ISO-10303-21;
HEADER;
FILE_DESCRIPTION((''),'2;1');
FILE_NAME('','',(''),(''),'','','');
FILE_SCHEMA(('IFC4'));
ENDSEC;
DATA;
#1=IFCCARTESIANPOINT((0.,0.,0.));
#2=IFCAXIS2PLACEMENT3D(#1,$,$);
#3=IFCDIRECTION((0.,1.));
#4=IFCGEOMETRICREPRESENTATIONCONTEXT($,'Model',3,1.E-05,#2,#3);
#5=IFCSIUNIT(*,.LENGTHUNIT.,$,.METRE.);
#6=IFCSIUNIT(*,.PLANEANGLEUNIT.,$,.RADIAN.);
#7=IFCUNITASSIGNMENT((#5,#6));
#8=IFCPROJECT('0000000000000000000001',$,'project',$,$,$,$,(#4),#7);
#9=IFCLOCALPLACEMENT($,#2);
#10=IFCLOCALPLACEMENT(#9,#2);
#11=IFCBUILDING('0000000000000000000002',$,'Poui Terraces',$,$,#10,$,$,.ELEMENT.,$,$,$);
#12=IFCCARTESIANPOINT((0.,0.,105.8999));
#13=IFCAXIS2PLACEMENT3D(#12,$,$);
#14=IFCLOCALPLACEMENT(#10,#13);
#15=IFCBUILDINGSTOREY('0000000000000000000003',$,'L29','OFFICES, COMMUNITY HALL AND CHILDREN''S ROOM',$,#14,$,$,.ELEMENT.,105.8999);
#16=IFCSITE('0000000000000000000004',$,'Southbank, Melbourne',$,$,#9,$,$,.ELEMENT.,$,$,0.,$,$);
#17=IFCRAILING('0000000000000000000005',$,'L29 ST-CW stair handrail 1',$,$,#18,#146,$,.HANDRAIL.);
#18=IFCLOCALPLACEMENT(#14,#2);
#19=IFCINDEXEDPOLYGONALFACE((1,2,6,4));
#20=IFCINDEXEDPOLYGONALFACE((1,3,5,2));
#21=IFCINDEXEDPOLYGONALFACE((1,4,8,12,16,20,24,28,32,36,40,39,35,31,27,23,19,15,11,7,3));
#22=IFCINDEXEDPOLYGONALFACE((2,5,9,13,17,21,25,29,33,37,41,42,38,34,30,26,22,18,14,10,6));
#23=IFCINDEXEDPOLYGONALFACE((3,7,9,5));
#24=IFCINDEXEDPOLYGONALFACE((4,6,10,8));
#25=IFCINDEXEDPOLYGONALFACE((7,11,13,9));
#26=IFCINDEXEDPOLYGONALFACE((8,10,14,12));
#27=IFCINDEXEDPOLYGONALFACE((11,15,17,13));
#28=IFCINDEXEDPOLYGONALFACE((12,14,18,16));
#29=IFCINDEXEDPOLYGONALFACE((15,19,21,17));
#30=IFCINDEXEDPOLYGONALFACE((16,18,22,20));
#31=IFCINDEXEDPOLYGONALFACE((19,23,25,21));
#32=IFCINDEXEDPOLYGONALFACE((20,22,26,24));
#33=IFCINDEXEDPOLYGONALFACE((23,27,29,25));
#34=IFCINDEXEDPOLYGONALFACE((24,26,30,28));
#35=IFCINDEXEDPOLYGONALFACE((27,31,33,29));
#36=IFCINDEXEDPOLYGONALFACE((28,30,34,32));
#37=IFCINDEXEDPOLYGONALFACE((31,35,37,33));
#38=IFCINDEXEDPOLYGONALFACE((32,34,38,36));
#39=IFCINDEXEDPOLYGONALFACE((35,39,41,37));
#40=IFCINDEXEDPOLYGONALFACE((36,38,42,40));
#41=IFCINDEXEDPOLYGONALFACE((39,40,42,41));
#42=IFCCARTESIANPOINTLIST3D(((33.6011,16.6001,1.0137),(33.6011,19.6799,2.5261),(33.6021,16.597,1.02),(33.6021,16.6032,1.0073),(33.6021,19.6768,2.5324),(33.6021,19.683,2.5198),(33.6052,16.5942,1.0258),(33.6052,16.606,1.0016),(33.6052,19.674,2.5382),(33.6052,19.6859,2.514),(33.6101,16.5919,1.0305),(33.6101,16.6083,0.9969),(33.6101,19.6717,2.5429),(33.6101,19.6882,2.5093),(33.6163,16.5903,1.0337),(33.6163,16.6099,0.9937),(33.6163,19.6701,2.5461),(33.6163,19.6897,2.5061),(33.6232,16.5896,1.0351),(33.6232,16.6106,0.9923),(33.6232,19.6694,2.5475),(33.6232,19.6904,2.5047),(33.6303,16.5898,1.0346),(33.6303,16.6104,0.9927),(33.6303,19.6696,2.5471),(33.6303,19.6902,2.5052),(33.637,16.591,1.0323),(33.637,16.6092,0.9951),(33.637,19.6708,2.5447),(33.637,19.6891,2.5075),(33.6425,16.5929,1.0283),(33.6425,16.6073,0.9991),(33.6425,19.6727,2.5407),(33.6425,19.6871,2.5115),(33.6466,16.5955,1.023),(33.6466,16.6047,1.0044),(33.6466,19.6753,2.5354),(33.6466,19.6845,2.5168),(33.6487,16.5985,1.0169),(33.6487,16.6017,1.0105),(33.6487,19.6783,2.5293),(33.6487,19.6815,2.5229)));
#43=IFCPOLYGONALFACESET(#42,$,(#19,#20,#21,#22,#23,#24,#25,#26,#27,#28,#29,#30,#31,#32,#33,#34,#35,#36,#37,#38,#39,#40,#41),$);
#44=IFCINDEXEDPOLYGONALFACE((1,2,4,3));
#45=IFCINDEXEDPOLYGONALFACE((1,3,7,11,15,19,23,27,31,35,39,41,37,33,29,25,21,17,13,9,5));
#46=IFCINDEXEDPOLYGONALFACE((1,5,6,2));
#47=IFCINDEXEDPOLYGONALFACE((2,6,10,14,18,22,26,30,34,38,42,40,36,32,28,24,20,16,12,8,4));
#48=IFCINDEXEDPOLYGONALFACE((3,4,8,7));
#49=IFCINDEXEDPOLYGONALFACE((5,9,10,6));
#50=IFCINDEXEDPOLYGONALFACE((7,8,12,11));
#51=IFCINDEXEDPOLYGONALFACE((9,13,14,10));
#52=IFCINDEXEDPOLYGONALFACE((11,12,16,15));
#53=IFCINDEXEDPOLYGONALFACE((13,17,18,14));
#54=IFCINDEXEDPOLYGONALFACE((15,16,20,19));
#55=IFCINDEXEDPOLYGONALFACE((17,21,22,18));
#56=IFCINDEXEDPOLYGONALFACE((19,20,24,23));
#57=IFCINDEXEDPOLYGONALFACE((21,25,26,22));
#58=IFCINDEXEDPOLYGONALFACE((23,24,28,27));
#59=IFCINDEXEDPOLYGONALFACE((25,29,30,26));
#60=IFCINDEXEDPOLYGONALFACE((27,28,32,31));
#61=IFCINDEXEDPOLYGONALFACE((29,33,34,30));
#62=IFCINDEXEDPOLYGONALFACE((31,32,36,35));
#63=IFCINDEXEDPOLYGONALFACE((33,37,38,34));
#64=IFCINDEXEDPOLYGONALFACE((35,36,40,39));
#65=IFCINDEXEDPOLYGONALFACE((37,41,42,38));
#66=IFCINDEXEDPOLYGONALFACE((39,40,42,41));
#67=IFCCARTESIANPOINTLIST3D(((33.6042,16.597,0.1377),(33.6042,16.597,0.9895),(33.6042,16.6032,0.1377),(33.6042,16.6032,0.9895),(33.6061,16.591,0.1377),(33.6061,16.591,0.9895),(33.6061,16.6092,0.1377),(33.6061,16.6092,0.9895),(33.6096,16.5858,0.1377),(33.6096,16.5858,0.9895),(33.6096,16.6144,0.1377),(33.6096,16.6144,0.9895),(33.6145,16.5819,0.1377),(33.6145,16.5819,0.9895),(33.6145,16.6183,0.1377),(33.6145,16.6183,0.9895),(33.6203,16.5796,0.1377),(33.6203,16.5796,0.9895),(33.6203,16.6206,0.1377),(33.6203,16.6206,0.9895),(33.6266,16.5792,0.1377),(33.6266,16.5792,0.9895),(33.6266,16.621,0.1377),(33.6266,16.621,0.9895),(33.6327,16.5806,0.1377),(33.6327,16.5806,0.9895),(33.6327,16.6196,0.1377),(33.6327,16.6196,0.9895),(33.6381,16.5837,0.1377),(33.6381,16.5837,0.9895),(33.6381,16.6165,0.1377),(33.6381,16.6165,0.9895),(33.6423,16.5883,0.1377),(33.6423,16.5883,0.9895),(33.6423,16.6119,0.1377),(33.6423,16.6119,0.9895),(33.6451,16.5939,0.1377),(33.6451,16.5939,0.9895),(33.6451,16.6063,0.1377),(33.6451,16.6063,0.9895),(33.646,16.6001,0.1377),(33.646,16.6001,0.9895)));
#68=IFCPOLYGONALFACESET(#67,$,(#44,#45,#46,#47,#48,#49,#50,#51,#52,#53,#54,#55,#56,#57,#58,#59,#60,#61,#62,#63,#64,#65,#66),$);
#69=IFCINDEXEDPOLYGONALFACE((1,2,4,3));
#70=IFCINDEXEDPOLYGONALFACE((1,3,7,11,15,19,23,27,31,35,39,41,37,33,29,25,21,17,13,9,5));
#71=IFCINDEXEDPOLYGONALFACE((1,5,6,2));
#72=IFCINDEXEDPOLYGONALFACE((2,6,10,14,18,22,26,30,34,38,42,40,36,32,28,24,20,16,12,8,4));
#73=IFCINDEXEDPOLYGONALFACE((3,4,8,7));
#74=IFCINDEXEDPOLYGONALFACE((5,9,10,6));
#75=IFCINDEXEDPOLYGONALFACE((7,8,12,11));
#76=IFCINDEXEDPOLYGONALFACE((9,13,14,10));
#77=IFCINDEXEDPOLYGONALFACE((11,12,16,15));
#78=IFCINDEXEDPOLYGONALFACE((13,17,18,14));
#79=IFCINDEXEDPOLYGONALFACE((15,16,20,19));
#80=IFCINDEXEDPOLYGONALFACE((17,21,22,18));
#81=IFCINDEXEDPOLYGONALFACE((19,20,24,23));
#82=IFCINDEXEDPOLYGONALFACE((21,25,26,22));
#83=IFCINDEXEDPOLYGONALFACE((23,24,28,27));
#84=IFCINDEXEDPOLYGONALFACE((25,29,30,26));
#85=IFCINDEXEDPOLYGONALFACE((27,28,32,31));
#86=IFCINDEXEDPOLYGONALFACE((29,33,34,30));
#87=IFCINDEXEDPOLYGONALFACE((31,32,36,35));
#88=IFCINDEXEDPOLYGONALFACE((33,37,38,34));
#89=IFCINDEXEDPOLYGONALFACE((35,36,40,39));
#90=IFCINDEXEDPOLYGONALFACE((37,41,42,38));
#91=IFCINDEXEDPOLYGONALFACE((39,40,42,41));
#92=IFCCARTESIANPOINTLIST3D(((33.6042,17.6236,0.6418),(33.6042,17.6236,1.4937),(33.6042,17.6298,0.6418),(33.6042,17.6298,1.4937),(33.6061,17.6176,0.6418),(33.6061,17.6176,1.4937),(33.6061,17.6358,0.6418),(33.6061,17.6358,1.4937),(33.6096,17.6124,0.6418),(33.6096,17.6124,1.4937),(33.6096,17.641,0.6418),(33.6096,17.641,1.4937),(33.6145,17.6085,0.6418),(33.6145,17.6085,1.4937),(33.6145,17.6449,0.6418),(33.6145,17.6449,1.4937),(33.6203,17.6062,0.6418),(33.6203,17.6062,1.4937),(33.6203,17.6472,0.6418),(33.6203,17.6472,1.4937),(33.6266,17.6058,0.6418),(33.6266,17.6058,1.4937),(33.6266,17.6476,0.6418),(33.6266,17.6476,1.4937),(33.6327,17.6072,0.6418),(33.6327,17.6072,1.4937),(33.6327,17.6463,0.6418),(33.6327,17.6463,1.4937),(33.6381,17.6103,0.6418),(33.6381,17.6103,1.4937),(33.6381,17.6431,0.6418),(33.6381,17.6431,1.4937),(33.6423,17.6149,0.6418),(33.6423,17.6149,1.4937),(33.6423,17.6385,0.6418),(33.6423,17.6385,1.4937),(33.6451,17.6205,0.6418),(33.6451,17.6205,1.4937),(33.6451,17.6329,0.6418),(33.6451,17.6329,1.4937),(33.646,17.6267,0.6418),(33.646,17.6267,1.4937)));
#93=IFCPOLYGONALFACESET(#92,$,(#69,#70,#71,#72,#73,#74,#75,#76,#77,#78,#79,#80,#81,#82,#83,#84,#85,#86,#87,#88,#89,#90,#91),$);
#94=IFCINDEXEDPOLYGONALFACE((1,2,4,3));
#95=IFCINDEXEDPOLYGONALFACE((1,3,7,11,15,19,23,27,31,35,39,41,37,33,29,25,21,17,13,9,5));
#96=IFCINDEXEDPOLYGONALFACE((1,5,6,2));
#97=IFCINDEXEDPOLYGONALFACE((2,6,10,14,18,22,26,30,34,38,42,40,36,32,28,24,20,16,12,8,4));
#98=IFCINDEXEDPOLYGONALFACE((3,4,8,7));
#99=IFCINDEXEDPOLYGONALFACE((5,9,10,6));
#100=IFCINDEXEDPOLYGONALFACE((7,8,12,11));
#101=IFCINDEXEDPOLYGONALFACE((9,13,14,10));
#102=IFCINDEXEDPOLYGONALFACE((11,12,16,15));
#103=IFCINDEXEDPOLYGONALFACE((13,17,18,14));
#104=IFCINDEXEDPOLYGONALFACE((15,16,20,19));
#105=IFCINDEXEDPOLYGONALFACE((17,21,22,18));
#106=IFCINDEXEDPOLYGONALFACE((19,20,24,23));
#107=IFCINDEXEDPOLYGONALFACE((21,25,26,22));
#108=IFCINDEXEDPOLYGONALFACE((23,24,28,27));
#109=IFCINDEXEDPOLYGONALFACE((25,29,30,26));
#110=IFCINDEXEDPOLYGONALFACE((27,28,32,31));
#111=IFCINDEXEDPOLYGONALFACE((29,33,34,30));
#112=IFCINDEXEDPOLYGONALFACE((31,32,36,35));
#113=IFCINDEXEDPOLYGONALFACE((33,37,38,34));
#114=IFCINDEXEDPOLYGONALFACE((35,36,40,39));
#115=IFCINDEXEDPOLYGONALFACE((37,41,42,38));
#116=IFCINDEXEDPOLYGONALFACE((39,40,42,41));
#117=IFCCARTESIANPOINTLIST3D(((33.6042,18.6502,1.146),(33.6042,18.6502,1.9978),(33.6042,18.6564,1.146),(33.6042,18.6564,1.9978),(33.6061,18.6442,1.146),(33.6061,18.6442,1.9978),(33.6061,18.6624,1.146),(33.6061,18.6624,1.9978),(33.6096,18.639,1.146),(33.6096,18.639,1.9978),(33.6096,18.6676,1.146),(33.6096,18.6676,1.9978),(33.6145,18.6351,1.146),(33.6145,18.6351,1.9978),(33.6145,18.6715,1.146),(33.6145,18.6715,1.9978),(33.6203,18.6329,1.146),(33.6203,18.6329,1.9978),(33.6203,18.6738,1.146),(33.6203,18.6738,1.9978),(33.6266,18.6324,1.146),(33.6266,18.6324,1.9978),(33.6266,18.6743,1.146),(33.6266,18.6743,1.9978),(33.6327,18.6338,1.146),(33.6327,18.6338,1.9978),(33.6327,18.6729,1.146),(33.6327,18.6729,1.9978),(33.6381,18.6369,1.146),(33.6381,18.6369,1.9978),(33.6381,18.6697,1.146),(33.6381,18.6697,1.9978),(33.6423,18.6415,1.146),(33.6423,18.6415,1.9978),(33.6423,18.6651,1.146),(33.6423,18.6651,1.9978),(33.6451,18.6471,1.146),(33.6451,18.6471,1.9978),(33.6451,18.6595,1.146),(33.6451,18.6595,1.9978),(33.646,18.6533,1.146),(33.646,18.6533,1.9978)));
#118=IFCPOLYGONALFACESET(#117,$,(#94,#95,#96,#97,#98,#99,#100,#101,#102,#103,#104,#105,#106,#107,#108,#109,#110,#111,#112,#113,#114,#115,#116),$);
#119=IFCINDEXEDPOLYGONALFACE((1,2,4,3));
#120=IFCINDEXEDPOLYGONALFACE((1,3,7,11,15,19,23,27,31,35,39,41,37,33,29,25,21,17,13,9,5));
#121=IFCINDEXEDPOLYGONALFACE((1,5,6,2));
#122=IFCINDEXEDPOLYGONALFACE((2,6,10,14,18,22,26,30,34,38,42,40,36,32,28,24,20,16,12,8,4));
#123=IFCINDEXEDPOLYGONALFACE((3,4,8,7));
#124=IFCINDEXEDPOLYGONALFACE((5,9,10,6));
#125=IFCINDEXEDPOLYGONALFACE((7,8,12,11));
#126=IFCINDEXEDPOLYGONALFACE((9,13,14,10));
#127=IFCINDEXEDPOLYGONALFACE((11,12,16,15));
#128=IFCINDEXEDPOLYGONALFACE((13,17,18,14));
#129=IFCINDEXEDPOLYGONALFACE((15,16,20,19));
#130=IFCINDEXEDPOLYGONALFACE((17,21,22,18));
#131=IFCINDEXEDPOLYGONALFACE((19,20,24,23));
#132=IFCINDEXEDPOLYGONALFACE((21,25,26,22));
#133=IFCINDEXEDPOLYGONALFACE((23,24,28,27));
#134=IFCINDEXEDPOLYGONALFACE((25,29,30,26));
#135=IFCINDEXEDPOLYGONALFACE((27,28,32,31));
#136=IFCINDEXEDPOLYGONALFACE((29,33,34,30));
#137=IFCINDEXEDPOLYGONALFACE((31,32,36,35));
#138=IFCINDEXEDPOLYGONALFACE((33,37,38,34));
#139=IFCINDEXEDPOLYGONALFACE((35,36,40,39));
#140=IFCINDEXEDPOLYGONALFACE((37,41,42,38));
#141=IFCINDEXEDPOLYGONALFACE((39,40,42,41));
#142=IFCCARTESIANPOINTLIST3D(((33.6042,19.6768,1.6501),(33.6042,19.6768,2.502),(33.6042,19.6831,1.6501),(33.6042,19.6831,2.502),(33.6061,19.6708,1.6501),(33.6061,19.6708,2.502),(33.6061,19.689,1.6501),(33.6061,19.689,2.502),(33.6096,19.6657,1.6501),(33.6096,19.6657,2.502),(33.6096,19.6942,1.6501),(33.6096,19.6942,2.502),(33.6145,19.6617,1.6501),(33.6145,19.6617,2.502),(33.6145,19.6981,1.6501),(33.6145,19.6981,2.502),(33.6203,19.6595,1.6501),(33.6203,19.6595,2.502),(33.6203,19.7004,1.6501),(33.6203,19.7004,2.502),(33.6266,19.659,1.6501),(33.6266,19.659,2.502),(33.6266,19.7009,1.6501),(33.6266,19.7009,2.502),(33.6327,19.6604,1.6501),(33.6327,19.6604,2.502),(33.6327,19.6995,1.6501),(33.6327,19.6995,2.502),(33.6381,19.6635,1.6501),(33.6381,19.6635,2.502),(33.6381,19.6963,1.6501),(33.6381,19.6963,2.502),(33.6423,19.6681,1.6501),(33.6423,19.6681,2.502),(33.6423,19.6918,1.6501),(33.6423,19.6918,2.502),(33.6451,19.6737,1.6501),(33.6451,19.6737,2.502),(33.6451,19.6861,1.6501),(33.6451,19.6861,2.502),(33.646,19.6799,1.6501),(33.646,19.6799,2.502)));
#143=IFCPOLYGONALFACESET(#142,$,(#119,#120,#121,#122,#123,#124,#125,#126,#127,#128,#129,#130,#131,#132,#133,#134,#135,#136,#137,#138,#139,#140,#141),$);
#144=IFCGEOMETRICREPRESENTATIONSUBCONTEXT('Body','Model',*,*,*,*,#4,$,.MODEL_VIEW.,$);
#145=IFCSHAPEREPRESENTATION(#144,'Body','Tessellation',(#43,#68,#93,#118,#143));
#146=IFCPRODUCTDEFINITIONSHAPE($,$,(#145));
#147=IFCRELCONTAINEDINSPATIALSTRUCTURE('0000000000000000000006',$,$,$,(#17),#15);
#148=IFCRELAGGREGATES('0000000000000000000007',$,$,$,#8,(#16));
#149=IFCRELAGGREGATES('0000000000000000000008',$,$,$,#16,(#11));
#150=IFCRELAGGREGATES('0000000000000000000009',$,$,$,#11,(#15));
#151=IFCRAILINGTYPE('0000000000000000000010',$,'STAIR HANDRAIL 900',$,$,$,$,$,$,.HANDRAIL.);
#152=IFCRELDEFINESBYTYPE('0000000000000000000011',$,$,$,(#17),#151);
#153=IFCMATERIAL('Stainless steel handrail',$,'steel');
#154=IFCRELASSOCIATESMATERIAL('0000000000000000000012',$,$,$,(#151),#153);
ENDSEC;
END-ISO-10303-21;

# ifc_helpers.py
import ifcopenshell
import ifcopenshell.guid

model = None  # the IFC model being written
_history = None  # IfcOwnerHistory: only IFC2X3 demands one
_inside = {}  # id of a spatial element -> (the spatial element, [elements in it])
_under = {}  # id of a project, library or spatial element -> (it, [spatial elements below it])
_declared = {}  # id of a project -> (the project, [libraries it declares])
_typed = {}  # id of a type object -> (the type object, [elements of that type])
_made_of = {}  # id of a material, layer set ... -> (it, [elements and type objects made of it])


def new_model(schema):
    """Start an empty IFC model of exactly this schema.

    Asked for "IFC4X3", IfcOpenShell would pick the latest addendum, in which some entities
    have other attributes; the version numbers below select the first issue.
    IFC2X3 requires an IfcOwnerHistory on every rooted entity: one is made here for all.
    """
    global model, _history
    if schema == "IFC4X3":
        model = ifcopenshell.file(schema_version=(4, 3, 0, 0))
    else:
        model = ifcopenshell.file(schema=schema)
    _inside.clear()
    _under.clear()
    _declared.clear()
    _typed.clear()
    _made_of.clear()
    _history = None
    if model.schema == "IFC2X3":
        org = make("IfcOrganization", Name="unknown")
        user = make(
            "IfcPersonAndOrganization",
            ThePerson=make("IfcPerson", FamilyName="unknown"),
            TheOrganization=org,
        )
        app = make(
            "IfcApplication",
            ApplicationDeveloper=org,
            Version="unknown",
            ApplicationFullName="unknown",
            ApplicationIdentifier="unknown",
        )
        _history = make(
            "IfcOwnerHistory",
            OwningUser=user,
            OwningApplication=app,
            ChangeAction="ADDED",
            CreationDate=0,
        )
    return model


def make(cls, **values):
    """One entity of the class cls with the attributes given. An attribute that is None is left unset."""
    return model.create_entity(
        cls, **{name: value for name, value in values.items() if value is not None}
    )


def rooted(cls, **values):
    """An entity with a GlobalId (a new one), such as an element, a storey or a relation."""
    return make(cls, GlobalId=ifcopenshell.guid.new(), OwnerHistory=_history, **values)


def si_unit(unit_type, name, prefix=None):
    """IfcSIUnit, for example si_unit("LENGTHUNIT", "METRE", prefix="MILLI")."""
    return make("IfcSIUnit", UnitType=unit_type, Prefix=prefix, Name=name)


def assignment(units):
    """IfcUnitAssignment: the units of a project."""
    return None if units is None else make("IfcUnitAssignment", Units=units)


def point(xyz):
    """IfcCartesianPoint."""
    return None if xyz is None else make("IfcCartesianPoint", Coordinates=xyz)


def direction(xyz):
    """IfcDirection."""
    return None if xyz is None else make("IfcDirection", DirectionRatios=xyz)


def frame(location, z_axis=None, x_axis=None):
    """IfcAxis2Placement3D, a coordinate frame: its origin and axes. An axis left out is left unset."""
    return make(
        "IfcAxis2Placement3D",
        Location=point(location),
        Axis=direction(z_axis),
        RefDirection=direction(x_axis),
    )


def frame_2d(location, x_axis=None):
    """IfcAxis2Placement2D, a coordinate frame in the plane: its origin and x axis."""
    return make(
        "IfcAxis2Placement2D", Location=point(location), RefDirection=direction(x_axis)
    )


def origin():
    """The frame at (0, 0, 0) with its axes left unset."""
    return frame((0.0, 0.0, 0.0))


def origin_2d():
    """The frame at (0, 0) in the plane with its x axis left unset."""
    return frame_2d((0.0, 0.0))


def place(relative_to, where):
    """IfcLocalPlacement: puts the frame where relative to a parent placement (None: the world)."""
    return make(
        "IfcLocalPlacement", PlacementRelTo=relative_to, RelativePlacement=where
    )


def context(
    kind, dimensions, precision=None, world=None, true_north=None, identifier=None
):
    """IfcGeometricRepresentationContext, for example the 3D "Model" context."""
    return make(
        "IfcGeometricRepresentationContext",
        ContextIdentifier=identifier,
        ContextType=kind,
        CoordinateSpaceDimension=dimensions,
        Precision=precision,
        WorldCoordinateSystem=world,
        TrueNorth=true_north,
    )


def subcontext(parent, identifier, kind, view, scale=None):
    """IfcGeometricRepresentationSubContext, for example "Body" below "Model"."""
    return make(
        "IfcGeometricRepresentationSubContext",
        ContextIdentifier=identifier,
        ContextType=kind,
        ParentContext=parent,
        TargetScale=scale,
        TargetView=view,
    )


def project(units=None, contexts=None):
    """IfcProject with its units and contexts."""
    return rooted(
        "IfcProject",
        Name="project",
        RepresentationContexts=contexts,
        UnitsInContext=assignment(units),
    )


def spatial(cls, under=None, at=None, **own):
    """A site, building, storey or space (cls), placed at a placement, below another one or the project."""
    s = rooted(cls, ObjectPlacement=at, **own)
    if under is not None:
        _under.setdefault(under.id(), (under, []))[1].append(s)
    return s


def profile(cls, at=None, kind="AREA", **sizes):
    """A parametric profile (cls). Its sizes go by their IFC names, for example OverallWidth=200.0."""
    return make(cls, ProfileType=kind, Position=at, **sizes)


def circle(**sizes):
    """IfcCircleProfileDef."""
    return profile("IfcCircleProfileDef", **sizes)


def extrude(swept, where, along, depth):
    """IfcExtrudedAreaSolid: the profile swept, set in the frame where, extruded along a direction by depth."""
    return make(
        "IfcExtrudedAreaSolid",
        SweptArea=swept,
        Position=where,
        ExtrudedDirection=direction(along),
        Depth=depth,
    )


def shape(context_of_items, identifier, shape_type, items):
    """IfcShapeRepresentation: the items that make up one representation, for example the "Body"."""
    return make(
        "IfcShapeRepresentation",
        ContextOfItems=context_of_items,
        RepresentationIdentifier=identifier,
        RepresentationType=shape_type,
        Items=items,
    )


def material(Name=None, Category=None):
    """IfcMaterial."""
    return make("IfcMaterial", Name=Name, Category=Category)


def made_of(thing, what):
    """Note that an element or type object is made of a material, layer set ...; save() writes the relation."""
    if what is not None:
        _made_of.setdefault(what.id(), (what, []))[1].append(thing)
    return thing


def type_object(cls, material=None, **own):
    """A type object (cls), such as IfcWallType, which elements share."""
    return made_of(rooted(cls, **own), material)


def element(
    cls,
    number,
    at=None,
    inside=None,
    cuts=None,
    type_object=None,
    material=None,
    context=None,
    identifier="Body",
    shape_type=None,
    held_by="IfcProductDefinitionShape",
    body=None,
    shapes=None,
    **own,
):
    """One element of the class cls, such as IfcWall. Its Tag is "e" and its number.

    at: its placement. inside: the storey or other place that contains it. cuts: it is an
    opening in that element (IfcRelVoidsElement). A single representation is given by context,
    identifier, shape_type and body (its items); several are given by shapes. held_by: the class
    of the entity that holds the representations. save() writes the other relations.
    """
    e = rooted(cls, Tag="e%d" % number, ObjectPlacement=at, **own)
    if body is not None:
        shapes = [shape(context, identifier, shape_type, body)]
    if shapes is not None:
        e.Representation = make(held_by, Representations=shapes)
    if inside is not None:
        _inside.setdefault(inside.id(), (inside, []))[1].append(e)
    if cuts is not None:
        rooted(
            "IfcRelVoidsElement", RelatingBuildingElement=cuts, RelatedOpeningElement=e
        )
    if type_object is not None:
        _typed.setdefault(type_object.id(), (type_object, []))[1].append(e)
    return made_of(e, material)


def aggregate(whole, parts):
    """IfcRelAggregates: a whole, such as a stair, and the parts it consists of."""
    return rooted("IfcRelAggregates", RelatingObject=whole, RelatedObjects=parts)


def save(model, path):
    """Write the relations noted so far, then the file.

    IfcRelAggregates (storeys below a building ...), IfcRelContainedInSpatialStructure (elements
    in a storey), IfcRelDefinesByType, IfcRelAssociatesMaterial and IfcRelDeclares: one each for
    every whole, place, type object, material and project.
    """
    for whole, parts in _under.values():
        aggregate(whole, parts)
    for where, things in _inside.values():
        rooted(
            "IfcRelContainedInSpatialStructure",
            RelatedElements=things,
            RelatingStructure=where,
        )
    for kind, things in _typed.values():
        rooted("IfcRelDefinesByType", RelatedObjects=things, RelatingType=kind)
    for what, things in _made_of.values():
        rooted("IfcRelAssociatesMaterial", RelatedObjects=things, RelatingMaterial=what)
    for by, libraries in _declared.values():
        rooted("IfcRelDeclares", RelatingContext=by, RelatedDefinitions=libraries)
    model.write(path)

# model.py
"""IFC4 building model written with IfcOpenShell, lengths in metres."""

from ifc_helpers import new_model, si_unit, direction, frame, origin, origin_2d, place, context, subcontext, project, spatial, circle, extrude, material, type_object, element, save


model = new_model("IFC4")

# Units and contexts
model_context = context("Model", 3, precision=1e-05, world=origin(), true_north=direction((0.0, 1.0)))
body_context = subcontext(model_context, "Body", "Model", "MODEL_VIEW")
ifc_project = project(units=[si_unit("LENGTHUNIT", "METRE"), si_unit("PLANEANGLEUNIT", "RADIAN")], contexts=[model_context])

# Site, building, storey
site_placement = place(None, origin())
site = spatial("IfcSite", under=ifc_project, at=site_placement, Name="Southbank, Melbourne", CompositionType="ELEMENT", RefElevation=0.0)
building_placement = place(site_placement, origin())
building = spatial("IfcBuilding", under=site, at=building_placement, Name="Poui Terraces", CompositionType="ELEMENT")
storey_placement = place(building_placement, frame((0.0, 0.0, 105.8999)))
storey = spatial("IfcBuildingStorey", under=building, at=storey_placement, Name="L29", Description="OFFICES, COMMUNITY HALL AND CHILDREN'S ROOM", CompositionType="ELEMENT", Elevation=105.8999)

# Railing
ifc_material_1 = material(Name="Stainless steel handrail", Category="steel")
railing_type = type_object("IfcRailingType", Name="STAIR HANDRAIL 900", PredefinedType="HANDRAIL", material=ifc_material_1)
railing_placement = place(storey_placement, frame((33.625, 16.6001, 0.1377)))
element("IfcRailing", 1, at=railing_placement, inside=storey, type_object=railing_type, Name="L29 ST-CW stair handrail 1", PredefinedType="HANDRAIL", context=body_context, shape_type="SweptSolid", body=[
    extrude(circle(Radius=0.0239, at=origin_2d()), frame((0.0, 0.0, 0.876), z_axis=(0.0, 0.897606, 0.440798), x_axis=(-1.0, 0.0, 0.0)), (0.0, 0.0, 1.0), 3.4312),
    extrude(circle(Radius=0.021, at=origin_2d()), origin(), (0.0, 0.0, 1.0), 0.8518),
    extrude(circle(Radius=0.021, at=origin_2d()), frame((0.0, 1.0266, 0.5042)), (0.0, 0.0, 1.0), 0.8518),
    extrude(circle(Radius=0.021, at=origin_2d()), frame((0.0, 2.0532, 1.0083)), (0.0, 0.0, 1.0), 0.8518),
    extrude(circle(Radius=0.021, at=origin_2d()), frame((0.0, 3.0798, 1.5125)), (0.0, 0.0, 1.0), 0.8518),
])

save(model, "model.ifc")
